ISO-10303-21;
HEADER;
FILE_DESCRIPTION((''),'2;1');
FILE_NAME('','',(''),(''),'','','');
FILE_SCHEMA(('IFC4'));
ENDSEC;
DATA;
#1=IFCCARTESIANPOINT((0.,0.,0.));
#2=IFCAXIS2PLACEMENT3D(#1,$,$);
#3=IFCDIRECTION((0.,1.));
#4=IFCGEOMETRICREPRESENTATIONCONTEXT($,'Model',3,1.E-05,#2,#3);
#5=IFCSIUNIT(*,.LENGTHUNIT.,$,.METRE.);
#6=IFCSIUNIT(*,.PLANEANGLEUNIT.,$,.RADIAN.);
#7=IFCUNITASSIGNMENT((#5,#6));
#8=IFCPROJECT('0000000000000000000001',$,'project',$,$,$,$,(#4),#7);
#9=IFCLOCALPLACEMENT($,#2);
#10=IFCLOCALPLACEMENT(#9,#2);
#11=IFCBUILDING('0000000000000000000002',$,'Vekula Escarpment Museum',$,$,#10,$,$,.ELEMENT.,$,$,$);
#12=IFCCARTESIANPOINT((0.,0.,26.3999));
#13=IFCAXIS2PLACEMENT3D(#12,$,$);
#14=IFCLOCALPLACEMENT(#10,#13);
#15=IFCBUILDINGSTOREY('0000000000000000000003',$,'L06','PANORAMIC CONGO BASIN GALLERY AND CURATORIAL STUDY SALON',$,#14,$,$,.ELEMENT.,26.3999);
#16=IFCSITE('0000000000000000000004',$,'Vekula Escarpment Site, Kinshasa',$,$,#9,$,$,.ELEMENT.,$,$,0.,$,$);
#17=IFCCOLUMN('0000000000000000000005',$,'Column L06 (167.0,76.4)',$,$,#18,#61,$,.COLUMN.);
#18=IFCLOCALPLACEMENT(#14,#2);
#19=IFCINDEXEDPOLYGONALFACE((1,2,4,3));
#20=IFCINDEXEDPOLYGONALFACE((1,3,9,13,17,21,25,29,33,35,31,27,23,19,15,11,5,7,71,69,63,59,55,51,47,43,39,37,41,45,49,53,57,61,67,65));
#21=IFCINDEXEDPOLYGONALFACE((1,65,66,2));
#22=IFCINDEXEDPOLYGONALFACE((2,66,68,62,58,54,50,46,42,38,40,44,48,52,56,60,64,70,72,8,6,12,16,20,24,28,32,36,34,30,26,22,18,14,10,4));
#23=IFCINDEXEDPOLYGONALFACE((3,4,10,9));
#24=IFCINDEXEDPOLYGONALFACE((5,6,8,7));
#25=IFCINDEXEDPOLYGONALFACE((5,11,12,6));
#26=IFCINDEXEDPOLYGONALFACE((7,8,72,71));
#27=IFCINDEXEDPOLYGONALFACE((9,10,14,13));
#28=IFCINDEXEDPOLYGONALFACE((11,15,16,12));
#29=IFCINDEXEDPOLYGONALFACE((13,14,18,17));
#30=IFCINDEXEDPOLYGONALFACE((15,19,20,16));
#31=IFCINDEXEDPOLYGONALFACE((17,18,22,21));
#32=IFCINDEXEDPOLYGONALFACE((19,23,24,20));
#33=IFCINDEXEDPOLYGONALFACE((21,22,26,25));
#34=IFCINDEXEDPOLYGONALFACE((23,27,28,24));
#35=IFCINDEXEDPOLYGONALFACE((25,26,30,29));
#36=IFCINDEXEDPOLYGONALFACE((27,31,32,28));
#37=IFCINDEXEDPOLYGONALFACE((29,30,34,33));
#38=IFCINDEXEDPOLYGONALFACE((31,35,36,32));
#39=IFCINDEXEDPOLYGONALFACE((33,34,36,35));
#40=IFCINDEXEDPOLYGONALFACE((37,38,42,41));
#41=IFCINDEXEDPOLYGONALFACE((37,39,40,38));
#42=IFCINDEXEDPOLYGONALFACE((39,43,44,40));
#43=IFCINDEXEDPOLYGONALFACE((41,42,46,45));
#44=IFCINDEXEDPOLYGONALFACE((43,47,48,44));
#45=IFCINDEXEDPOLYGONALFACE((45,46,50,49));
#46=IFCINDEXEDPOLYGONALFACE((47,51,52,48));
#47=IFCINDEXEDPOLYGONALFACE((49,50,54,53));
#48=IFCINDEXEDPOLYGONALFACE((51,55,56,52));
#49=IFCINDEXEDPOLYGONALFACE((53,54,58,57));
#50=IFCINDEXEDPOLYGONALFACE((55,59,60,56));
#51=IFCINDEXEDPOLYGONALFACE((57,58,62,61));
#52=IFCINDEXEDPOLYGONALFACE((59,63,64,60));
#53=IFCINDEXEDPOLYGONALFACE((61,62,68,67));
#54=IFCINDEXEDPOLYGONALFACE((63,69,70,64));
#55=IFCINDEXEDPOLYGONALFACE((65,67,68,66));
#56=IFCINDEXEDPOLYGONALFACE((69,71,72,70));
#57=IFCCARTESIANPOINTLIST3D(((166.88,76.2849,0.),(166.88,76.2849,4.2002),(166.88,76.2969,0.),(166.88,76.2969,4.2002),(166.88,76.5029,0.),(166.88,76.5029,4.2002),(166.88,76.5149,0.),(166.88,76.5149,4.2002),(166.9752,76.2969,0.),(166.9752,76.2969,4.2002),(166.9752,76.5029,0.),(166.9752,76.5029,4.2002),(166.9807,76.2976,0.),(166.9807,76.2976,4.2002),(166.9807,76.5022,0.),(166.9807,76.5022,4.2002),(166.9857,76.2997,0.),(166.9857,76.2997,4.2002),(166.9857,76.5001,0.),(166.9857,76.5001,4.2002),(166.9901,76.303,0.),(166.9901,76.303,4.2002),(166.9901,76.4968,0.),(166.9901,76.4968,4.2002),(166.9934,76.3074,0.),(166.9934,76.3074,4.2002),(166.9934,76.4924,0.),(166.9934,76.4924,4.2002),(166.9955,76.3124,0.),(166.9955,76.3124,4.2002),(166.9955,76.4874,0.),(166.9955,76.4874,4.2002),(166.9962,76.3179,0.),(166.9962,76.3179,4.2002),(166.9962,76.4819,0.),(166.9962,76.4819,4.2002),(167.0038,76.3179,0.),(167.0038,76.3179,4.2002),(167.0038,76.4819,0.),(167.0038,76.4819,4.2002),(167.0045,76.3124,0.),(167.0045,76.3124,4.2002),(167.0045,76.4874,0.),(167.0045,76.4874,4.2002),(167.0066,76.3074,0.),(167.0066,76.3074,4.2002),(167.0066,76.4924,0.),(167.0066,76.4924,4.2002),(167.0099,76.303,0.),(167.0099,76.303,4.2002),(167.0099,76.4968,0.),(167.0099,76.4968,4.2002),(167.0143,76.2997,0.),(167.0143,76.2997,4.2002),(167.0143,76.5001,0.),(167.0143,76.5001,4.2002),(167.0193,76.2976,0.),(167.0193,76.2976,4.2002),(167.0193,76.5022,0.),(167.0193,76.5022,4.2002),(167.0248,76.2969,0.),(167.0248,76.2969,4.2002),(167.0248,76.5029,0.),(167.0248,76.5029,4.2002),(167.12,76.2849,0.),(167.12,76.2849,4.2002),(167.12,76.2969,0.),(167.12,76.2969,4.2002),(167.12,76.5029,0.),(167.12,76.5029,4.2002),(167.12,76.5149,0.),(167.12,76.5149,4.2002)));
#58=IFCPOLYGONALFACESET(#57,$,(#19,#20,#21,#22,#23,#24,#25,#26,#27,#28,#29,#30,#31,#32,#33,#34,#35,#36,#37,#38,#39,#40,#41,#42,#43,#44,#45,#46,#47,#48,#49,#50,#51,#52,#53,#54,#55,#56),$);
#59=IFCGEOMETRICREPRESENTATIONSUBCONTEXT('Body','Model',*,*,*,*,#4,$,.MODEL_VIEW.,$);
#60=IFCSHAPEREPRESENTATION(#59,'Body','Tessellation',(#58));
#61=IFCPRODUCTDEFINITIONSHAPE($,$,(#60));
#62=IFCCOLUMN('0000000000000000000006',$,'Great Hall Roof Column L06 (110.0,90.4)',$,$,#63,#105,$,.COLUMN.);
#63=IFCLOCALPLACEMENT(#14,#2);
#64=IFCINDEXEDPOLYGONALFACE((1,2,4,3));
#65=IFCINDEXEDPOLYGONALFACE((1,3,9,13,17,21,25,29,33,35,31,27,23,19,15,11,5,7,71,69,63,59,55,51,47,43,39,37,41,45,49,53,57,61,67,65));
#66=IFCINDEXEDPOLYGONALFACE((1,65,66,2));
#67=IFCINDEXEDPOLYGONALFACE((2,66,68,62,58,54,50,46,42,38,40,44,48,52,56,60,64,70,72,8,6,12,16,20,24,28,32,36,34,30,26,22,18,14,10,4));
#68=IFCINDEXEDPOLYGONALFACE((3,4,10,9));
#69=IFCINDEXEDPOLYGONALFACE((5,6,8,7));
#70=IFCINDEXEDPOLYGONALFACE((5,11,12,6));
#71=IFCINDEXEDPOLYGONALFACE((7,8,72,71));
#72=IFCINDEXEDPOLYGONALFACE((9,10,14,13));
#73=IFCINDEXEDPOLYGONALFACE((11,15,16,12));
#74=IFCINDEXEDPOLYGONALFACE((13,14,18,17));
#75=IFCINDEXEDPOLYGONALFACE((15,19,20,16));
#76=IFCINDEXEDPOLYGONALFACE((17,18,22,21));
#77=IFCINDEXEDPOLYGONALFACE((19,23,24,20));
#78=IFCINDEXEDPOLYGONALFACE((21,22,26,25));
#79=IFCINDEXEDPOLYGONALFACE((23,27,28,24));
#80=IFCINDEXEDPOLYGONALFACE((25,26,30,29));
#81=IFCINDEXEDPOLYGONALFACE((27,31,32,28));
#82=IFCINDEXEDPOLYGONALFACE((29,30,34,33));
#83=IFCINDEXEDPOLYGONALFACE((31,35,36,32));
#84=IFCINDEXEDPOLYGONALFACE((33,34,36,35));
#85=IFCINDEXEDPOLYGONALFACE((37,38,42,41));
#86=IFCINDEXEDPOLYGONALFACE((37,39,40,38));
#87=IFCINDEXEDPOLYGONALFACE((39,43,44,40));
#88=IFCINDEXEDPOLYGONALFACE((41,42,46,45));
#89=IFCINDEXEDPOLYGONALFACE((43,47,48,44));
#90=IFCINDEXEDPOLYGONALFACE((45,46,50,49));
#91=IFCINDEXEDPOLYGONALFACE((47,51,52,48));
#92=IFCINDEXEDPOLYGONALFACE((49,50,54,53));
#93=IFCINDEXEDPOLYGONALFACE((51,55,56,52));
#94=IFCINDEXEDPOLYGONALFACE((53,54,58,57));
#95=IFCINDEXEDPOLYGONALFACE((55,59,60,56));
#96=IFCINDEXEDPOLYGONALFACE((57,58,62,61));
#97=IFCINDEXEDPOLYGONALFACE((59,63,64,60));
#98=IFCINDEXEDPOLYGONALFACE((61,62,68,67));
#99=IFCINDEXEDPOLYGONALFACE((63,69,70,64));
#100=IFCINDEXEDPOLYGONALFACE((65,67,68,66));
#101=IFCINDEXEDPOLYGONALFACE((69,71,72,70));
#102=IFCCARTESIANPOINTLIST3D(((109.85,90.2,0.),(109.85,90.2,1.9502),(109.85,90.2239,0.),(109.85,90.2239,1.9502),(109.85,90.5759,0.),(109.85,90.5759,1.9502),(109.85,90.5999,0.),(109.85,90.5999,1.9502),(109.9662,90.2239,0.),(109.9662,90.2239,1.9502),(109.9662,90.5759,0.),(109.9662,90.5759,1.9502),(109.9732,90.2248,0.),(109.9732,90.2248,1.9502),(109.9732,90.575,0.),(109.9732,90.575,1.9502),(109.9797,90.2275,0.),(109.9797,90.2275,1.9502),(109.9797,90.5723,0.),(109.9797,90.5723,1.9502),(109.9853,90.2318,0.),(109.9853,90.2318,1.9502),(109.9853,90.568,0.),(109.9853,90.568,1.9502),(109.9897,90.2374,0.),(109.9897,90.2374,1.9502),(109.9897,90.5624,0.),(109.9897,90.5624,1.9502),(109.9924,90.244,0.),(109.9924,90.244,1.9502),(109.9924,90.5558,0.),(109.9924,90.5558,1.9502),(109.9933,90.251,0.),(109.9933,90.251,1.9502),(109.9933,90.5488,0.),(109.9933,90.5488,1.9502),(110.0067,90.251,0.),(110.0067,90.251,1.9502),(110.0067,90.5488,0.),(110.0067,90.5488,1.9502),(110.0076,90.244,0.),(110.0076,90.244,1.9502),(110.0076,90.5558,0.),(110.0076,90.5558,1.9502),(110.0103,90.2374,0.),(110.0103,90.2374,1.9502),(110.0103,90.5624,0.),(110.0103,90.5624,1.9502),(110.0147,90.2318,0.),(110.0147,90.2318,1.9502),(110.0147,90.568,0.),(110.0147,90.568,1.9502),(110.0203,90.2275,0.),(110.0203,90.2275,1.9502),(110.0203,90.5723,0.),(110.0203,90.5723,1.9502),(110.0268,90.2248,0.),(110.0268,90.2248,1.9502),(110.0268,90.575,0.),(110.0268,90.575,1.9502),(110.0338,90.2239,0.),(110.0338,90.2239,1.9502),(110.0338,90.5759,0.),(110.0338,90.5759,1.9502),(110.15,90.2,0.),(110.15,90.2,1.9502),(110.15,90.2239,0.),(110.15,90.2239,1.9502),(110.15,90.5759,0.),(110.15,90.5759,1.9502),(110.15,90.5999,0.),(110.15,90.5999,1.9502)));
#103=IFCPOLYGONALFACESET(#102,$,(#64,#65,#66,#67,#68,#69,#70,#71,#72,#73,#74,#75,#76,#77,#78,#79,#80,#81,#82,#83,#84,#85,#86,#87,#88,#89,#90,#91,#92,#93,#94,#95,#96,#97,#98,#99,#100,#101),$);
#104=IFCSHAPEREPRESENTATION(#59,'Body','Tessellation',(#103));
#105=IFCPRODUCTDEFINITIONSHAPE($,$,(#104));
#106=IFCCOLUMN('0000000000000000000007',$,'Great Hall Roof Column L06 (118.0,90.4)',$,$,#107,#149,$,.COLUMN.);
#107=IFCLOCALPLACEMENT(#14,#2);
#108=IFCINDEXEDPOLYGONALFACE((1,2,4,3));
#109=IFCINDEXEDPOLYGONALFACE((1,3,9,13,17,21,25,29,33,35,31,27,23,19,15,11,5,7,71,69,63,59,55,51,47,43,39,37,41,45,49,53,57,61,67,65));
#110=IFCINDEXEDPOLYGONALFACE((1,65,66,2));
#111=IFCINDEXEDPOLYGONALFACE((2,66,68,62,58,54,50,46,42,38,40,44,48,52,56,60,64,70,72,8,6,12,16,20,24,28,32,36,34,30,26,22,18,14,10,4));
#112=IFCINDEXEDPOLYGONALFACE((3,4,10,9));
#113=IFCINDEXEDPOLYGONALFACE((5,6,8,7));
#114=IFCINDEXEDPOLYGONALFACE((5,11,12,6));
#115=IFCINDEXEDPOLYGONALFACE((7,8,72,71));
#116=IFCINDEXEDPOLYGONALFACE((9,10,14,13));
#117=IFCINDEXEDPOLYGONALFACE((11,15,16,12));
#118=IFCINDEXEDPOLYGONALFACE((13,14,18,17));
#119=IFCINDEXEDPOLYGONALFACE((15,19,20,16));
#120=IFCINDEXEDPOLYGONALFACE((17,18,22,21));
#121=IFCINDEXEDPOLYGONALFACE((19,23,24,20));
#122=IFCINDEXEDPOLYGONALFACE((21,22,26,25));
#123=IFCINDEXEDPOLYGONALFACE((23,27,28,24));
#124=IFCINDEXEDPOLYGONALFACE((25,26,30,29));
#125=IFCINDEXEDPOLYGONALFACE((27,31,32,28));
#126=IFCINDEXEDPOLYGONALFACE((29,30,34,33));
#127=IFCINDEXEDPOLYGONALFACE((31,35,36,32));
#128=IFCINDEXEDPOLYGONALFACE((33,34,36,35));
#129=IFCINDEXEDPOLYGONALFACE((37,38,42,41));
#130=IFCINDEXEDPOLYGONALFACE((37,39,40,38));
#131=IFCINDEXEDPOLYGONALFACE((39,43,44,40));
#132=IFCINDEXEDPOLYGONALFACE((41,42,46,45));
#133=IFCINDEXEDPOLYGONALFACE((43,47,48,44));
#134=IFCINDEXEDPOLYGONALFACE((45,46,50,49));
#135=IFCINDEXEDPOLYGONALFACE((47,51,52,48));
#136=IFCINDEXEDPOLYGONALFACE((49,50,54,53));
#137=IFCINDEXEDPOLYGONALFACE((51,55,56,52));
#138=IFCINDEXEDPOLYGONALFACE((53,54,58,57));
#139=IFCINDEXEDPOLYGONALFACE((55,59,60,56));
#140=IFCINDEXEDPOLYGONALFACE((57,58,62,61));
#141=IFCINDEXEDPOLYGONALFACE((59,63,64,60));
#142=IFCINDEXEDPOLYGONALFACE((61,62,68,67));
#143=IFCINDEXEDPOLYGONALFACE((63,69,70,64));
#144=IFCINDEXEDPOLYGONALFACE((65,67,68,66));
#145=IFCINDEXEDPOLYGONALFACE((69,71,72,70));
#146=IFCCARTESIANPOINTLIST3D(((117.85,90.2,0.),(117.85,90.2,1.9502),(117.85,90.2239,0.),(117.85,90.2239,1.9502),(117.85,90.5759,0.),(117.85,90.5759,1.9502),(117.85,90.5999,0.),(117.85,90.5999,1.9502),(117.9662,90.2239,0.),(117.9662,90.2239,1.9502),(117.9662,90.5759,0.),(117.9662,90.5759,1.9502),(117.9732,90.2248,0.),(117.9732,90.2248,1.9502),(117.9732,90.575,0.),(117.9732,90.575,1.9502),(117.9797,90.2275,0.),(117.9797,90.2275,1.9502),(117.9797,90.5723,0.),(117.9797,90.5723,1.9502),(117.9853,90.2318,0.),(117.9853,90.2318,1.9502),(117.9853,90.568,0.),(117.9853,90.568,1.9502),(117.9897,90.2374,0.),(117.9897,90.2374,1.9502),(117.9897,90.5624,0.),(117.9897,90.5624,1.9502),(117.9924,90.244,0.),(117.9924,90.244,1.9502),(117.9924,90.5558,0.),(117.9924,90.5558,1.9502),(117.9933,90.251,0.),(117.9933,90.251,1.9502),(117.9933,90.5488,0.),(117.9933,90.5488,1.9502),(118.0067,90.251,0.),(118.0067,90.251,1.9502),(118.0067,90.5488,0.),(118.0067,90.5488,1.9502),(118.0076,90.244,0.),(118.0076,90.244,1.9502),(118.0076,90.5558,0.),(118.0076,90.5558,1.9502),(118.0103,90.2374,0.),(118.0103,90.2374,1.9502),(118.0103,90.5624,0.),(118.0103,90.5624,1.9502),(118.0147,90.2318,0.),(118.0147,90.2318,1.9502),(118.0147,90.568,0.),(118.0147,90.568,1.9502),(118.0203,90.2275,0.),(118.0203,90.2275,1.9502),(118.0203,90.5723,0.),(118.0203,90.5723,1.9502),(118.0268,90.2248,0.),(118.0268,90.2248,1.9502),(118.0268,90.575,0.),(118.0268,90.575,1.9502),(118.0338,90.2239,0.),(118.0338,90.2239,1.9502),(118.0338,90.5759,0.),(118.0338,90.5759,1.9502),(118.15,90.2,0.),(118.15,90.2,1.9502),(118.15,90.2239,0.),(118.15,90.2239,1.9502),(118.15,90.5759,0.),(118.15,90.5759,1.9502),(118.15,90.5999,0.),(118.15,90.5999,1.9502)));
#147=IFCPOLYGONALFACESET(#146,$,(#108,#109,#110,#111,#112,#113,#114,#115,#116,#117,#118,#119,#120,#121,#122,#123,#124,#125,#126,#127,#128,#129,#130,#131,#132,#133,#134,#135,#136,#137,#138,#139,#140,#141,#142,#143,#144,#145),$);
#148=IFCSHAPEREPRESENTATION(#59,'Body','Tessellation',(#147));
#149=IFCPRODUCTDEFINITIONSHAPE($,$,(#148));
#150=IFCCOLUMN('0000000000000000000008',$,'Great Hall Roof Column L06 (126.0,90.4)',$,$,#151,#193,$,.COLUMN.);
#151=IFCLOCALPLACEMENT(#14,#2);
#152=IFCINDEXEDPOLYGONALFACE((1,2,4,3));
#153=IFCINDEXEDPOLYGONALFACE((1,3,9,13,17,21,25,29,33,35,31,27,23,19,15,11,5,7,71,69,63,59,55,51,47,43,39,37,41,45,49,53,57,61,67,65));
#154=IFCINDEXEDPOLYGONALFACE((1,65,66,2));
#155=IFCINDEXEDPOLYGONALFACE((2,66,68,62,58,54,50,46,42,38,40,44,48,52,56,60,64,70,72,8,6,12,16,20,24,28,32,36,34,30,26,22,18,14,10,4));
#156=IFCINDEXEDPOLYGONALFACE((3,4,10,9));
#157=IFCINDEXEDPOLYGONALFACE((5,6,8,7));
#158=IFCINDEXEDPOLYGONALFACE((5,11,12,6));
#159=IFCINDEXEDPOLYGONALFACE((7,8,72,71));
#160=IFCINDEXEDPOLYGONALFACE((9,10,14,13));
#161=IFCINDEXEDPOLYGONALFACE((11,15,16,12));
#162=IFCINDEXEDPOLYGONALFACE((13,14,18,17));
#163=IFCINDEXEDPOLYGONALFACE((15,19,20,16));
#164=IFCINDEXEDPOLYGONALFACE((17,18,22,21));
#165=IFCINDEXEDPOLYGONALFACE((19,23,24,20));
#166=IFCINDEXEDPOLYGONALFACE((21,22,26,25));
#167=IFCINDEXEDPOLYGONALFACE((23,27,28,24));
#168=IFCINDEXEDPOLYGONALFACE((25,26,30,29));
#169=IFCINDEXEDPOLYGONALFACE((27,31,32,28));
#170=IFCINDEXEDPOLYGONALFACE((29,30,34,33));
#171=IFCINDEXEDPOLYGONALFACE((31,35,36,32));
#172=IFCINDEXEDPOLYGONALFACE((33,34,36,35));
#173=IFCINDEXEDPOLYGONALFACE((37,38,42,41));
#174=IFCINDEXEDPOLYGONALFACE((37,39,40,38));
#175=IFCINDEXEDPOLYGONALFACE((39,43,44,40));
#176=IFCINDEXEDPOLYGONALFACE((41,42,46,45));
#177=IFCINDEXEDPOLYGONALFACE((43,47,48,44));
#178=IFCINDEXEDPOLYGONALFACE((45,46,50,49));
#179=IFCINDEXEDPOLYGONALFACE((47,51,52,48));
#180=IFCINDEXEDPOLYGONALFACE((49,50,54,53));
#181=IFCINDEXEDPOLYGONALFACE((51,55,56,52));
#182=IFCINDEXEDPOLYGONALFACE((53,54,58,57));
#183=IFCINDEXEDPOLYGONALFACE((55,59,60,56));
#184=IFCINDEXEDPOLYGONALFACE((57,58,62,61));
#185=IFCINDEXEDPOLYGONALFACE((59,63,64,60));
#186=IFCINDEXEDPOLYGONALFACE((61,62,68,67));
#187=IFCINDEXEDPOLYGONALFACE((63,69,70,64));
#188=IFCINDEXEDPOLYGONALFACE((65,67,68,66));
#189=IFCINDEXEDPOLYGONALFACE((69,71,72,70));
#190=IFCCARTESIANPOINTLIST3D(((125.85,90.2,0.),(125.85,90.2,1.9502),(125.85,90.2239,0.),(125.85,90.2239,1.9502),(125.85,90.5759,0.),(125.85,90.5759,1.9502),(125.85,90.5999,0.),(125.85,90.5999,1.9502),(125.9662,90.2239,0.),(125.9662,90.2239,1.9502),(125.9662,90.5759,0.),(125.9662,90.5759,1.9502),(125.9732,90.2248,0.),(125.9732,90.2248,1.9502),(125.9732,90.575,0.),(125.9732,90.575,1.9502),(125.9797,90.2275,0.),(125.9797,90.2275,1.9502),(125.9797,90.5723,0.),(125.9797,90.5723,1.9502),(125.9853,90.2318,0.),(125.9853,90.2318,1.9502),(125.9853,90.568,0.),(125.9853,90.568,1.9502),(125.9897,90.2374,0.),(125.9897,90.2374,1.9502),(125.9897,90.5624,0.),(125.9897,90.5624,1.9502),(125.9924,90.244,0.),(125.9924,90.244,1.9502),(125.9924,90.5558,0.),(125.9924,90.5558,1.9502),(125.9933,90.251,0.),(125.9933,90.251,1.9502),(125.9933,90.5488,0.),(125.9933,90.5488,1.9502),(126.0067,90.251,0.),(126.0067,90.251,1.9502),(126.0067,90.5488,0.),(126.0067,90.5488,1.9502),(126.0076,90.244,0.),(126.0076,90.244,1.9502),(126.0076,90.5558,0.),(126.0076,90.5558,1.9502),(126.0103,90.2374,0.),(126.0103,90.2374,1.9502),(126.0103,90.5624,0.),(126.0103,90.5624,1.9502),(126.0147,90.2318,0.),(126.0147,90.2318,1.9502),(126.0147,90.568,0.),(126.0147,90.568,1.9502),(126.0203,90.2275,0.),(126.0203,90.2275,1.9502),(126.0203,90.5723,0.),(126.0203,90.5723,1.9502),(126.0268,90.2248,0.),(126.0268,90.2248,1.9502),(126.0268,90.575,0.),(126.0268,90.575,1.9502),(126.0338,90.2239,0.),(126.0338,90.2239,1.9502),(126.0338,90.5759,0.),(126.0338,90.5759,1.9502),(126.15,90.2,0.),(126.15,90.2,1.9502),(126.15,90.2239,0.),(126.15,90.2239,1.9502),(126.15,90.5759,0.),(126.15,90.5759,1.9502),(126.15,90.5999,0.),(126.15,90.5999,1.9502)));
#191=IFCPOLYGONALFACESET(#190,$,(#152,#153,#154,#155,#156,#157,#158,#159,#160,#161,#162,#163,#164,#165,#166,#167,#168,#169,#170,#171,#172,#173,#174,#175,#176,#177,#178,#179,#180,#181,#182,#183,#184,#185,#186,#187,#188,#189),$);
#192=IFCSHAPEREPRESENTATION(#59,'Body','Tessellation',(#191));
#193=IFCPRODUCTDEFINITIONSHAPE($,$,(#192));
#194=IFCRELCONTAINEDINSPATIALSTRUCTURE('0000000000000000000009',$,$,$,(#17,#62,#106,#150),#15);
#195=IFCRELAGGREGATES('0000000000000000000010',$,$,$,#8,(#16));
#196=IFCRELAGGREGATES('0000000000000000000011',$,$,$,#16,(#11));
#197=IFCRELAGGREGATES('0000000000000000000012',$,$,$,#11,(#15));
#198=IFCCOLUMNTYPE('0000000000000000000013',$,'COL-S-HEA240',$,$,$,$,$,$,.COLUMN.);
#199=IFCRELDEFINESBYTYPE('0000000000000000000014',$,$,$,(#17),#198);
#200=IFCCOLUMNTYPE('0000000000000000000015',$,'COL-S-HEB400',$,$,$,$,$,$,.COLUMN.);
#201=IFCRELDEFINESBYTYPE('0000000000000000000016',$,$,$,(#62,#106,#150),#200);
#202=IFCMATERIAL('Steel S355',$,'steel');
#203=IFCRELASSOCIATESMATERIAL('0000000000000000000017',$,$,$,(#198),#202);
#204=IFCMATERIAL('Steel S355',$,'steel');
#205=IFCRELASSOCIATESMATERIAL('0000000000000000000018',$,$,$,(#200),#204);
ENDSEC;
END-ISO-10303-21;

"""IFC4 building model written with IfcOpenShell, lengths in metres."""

from ifc_helpers import new_model, si_unit, direction, frame, origin, origin_2d, place, context, subcontext, project, spatial, i_section, extrude, material, material_profile, profile_set, type_object, element, save


model = new_model("IFC4")

# Units and contexts
model_context = context("Model", 3, precision=1e-05, world=origin(), true_north=direction((0.0, 1.0)))
body_context = subcontext(model_context, "Body", "Model", "MODEL_VIEW")
ifc_project = project(units=[si_unit("LENGTHUNIT", "METRE"), si_unit("PLANEANGLEUNIT", "RADIAN")], contexts=[model_context])

# Site, building, storey
site_placement = place(None, origin())
site = spatial("IfcSite", under=ifc_project, at=site_placement, Name="Vekula Escarpment Site, Kinshasa", CompositionType="ELEMENT", RefElevation=0.0)
building_placement = place(site_placement, origin())
building = spatial("IfcBuilding", under=site, at=building_placement, Name="Vekula Escarpment Museum", CompositionType="ELEMENT")
storey_placement = place(building_placement, frame((0.0, 0.0, 26.3999)))
storey = spatial("IfcBuildingStorey", under=building, at=storey_placement, Name="L06", Description="PANORAMIC CONGO BASIN GALLERY AND CURATORIAL STUDY SALON", CompositionType="ELEMENT", Elevation=26.3999)

# Columns
ifc_material_1 = material(Name="Steel S355", Category="steel")
ifc_material_profile_1 = material_profile(ifc_material_1, i_section(OverallWidth=0.24, OverallDepth=0.23, WebThickness=0.0076, FlangeThickness=0.012, FilletRadius=0.021, at=origin_2d()), Name="HEA 240")
ifc_profile_set_1 = profile_set([ifc_material_profile_1], Name="Steel S355")
column_type_1 = type_object("IfcColumnType", Name="COL-S-HEA240", PredefinedType="COLUMN", material=ifc_profile_set_1)
column_placement = place(storey_placement, frame((167.0, 76.3999, 0.0), z_axis=(0.0, 0.0, 1.0), x_axis=(1.0, 0.0, 0.0)))
element("IfcColumn", 1, at=column_placement, inside=storey, type_object=column_type_1, Name="Column L06 (167.0,76.4)", PredefinedType="COLUMN", context=body_context, shape_type="SweptSolid", body=[
    extrude(i_section(OverallWidth=0.24, OverallDepth=0.23, WebThickness=0.0076, FlangeThickness=0.012, FilletRadius=0.021, at=origin_2d()), origin(), (0.0, 0.0, 1.0), 4.2002),
])
ifc_material_2 = material(Name="Steel S355", Category="steel")
ifc_material_profile_2 = material_profile(ifc_material_2, i_section(OverallWidth=0.3, OverallDepth=0.3999, WebThickness=0.0134, FlangeThickness=0.0239, FilletRadius=0.0271, at=origin_2d()), Name="HEB 400")
ifc_profile_set_2 = profile_set([ifc_material_profile_2], Name="Steel S355")
column_type_2 = type_object("IfcColumnType", Name="COL-S-HEB400", PredefinedType="COLUMN", material=ifc_profile_set_2)
for number, where, z_axis, x_axis, name in (
    (2, (110.0, 90.3999, 0.0), (0.0, 0.0, 1.0), (1.0, 0.0, 0.0), "Great Hall Roof Column L06 (110.0,90.4)"),
    (3, (118.0, 90.3999, 0.0), (0.0, 0.0, 1.0), (1.0, 0.0, 0.0), "Great Hall Roof Column L06 (118.0,90.4)"),
    (4, (126.0, 90.3999, 0.0), (0.0, 0.0, 1.0), (1.0, 0.0, 0.0), "Great Hall Roof Column L06 (126.0,90.4)"),
):
    element("IfcColumn", number, at=place(storey_placement, frame(where, z_axis=z_axis, x_axis=x_axis)), inside=storey, type_object=column_type_2, Name=name, PredefinedType="COLUMN", context=body_context, shape_type="SweptSolid", body=[
        extrude(i_section(OverallWidth=0.3, OverallDepth=0.3999, WebThickness=0.0134, FlangeThickness=0.0239, FilletRadius=0.0271, at=origin_2d()), origin(), (0.0, 0.0, 1.0), 1.9502),
    ])

save(model, "model.ifc")
